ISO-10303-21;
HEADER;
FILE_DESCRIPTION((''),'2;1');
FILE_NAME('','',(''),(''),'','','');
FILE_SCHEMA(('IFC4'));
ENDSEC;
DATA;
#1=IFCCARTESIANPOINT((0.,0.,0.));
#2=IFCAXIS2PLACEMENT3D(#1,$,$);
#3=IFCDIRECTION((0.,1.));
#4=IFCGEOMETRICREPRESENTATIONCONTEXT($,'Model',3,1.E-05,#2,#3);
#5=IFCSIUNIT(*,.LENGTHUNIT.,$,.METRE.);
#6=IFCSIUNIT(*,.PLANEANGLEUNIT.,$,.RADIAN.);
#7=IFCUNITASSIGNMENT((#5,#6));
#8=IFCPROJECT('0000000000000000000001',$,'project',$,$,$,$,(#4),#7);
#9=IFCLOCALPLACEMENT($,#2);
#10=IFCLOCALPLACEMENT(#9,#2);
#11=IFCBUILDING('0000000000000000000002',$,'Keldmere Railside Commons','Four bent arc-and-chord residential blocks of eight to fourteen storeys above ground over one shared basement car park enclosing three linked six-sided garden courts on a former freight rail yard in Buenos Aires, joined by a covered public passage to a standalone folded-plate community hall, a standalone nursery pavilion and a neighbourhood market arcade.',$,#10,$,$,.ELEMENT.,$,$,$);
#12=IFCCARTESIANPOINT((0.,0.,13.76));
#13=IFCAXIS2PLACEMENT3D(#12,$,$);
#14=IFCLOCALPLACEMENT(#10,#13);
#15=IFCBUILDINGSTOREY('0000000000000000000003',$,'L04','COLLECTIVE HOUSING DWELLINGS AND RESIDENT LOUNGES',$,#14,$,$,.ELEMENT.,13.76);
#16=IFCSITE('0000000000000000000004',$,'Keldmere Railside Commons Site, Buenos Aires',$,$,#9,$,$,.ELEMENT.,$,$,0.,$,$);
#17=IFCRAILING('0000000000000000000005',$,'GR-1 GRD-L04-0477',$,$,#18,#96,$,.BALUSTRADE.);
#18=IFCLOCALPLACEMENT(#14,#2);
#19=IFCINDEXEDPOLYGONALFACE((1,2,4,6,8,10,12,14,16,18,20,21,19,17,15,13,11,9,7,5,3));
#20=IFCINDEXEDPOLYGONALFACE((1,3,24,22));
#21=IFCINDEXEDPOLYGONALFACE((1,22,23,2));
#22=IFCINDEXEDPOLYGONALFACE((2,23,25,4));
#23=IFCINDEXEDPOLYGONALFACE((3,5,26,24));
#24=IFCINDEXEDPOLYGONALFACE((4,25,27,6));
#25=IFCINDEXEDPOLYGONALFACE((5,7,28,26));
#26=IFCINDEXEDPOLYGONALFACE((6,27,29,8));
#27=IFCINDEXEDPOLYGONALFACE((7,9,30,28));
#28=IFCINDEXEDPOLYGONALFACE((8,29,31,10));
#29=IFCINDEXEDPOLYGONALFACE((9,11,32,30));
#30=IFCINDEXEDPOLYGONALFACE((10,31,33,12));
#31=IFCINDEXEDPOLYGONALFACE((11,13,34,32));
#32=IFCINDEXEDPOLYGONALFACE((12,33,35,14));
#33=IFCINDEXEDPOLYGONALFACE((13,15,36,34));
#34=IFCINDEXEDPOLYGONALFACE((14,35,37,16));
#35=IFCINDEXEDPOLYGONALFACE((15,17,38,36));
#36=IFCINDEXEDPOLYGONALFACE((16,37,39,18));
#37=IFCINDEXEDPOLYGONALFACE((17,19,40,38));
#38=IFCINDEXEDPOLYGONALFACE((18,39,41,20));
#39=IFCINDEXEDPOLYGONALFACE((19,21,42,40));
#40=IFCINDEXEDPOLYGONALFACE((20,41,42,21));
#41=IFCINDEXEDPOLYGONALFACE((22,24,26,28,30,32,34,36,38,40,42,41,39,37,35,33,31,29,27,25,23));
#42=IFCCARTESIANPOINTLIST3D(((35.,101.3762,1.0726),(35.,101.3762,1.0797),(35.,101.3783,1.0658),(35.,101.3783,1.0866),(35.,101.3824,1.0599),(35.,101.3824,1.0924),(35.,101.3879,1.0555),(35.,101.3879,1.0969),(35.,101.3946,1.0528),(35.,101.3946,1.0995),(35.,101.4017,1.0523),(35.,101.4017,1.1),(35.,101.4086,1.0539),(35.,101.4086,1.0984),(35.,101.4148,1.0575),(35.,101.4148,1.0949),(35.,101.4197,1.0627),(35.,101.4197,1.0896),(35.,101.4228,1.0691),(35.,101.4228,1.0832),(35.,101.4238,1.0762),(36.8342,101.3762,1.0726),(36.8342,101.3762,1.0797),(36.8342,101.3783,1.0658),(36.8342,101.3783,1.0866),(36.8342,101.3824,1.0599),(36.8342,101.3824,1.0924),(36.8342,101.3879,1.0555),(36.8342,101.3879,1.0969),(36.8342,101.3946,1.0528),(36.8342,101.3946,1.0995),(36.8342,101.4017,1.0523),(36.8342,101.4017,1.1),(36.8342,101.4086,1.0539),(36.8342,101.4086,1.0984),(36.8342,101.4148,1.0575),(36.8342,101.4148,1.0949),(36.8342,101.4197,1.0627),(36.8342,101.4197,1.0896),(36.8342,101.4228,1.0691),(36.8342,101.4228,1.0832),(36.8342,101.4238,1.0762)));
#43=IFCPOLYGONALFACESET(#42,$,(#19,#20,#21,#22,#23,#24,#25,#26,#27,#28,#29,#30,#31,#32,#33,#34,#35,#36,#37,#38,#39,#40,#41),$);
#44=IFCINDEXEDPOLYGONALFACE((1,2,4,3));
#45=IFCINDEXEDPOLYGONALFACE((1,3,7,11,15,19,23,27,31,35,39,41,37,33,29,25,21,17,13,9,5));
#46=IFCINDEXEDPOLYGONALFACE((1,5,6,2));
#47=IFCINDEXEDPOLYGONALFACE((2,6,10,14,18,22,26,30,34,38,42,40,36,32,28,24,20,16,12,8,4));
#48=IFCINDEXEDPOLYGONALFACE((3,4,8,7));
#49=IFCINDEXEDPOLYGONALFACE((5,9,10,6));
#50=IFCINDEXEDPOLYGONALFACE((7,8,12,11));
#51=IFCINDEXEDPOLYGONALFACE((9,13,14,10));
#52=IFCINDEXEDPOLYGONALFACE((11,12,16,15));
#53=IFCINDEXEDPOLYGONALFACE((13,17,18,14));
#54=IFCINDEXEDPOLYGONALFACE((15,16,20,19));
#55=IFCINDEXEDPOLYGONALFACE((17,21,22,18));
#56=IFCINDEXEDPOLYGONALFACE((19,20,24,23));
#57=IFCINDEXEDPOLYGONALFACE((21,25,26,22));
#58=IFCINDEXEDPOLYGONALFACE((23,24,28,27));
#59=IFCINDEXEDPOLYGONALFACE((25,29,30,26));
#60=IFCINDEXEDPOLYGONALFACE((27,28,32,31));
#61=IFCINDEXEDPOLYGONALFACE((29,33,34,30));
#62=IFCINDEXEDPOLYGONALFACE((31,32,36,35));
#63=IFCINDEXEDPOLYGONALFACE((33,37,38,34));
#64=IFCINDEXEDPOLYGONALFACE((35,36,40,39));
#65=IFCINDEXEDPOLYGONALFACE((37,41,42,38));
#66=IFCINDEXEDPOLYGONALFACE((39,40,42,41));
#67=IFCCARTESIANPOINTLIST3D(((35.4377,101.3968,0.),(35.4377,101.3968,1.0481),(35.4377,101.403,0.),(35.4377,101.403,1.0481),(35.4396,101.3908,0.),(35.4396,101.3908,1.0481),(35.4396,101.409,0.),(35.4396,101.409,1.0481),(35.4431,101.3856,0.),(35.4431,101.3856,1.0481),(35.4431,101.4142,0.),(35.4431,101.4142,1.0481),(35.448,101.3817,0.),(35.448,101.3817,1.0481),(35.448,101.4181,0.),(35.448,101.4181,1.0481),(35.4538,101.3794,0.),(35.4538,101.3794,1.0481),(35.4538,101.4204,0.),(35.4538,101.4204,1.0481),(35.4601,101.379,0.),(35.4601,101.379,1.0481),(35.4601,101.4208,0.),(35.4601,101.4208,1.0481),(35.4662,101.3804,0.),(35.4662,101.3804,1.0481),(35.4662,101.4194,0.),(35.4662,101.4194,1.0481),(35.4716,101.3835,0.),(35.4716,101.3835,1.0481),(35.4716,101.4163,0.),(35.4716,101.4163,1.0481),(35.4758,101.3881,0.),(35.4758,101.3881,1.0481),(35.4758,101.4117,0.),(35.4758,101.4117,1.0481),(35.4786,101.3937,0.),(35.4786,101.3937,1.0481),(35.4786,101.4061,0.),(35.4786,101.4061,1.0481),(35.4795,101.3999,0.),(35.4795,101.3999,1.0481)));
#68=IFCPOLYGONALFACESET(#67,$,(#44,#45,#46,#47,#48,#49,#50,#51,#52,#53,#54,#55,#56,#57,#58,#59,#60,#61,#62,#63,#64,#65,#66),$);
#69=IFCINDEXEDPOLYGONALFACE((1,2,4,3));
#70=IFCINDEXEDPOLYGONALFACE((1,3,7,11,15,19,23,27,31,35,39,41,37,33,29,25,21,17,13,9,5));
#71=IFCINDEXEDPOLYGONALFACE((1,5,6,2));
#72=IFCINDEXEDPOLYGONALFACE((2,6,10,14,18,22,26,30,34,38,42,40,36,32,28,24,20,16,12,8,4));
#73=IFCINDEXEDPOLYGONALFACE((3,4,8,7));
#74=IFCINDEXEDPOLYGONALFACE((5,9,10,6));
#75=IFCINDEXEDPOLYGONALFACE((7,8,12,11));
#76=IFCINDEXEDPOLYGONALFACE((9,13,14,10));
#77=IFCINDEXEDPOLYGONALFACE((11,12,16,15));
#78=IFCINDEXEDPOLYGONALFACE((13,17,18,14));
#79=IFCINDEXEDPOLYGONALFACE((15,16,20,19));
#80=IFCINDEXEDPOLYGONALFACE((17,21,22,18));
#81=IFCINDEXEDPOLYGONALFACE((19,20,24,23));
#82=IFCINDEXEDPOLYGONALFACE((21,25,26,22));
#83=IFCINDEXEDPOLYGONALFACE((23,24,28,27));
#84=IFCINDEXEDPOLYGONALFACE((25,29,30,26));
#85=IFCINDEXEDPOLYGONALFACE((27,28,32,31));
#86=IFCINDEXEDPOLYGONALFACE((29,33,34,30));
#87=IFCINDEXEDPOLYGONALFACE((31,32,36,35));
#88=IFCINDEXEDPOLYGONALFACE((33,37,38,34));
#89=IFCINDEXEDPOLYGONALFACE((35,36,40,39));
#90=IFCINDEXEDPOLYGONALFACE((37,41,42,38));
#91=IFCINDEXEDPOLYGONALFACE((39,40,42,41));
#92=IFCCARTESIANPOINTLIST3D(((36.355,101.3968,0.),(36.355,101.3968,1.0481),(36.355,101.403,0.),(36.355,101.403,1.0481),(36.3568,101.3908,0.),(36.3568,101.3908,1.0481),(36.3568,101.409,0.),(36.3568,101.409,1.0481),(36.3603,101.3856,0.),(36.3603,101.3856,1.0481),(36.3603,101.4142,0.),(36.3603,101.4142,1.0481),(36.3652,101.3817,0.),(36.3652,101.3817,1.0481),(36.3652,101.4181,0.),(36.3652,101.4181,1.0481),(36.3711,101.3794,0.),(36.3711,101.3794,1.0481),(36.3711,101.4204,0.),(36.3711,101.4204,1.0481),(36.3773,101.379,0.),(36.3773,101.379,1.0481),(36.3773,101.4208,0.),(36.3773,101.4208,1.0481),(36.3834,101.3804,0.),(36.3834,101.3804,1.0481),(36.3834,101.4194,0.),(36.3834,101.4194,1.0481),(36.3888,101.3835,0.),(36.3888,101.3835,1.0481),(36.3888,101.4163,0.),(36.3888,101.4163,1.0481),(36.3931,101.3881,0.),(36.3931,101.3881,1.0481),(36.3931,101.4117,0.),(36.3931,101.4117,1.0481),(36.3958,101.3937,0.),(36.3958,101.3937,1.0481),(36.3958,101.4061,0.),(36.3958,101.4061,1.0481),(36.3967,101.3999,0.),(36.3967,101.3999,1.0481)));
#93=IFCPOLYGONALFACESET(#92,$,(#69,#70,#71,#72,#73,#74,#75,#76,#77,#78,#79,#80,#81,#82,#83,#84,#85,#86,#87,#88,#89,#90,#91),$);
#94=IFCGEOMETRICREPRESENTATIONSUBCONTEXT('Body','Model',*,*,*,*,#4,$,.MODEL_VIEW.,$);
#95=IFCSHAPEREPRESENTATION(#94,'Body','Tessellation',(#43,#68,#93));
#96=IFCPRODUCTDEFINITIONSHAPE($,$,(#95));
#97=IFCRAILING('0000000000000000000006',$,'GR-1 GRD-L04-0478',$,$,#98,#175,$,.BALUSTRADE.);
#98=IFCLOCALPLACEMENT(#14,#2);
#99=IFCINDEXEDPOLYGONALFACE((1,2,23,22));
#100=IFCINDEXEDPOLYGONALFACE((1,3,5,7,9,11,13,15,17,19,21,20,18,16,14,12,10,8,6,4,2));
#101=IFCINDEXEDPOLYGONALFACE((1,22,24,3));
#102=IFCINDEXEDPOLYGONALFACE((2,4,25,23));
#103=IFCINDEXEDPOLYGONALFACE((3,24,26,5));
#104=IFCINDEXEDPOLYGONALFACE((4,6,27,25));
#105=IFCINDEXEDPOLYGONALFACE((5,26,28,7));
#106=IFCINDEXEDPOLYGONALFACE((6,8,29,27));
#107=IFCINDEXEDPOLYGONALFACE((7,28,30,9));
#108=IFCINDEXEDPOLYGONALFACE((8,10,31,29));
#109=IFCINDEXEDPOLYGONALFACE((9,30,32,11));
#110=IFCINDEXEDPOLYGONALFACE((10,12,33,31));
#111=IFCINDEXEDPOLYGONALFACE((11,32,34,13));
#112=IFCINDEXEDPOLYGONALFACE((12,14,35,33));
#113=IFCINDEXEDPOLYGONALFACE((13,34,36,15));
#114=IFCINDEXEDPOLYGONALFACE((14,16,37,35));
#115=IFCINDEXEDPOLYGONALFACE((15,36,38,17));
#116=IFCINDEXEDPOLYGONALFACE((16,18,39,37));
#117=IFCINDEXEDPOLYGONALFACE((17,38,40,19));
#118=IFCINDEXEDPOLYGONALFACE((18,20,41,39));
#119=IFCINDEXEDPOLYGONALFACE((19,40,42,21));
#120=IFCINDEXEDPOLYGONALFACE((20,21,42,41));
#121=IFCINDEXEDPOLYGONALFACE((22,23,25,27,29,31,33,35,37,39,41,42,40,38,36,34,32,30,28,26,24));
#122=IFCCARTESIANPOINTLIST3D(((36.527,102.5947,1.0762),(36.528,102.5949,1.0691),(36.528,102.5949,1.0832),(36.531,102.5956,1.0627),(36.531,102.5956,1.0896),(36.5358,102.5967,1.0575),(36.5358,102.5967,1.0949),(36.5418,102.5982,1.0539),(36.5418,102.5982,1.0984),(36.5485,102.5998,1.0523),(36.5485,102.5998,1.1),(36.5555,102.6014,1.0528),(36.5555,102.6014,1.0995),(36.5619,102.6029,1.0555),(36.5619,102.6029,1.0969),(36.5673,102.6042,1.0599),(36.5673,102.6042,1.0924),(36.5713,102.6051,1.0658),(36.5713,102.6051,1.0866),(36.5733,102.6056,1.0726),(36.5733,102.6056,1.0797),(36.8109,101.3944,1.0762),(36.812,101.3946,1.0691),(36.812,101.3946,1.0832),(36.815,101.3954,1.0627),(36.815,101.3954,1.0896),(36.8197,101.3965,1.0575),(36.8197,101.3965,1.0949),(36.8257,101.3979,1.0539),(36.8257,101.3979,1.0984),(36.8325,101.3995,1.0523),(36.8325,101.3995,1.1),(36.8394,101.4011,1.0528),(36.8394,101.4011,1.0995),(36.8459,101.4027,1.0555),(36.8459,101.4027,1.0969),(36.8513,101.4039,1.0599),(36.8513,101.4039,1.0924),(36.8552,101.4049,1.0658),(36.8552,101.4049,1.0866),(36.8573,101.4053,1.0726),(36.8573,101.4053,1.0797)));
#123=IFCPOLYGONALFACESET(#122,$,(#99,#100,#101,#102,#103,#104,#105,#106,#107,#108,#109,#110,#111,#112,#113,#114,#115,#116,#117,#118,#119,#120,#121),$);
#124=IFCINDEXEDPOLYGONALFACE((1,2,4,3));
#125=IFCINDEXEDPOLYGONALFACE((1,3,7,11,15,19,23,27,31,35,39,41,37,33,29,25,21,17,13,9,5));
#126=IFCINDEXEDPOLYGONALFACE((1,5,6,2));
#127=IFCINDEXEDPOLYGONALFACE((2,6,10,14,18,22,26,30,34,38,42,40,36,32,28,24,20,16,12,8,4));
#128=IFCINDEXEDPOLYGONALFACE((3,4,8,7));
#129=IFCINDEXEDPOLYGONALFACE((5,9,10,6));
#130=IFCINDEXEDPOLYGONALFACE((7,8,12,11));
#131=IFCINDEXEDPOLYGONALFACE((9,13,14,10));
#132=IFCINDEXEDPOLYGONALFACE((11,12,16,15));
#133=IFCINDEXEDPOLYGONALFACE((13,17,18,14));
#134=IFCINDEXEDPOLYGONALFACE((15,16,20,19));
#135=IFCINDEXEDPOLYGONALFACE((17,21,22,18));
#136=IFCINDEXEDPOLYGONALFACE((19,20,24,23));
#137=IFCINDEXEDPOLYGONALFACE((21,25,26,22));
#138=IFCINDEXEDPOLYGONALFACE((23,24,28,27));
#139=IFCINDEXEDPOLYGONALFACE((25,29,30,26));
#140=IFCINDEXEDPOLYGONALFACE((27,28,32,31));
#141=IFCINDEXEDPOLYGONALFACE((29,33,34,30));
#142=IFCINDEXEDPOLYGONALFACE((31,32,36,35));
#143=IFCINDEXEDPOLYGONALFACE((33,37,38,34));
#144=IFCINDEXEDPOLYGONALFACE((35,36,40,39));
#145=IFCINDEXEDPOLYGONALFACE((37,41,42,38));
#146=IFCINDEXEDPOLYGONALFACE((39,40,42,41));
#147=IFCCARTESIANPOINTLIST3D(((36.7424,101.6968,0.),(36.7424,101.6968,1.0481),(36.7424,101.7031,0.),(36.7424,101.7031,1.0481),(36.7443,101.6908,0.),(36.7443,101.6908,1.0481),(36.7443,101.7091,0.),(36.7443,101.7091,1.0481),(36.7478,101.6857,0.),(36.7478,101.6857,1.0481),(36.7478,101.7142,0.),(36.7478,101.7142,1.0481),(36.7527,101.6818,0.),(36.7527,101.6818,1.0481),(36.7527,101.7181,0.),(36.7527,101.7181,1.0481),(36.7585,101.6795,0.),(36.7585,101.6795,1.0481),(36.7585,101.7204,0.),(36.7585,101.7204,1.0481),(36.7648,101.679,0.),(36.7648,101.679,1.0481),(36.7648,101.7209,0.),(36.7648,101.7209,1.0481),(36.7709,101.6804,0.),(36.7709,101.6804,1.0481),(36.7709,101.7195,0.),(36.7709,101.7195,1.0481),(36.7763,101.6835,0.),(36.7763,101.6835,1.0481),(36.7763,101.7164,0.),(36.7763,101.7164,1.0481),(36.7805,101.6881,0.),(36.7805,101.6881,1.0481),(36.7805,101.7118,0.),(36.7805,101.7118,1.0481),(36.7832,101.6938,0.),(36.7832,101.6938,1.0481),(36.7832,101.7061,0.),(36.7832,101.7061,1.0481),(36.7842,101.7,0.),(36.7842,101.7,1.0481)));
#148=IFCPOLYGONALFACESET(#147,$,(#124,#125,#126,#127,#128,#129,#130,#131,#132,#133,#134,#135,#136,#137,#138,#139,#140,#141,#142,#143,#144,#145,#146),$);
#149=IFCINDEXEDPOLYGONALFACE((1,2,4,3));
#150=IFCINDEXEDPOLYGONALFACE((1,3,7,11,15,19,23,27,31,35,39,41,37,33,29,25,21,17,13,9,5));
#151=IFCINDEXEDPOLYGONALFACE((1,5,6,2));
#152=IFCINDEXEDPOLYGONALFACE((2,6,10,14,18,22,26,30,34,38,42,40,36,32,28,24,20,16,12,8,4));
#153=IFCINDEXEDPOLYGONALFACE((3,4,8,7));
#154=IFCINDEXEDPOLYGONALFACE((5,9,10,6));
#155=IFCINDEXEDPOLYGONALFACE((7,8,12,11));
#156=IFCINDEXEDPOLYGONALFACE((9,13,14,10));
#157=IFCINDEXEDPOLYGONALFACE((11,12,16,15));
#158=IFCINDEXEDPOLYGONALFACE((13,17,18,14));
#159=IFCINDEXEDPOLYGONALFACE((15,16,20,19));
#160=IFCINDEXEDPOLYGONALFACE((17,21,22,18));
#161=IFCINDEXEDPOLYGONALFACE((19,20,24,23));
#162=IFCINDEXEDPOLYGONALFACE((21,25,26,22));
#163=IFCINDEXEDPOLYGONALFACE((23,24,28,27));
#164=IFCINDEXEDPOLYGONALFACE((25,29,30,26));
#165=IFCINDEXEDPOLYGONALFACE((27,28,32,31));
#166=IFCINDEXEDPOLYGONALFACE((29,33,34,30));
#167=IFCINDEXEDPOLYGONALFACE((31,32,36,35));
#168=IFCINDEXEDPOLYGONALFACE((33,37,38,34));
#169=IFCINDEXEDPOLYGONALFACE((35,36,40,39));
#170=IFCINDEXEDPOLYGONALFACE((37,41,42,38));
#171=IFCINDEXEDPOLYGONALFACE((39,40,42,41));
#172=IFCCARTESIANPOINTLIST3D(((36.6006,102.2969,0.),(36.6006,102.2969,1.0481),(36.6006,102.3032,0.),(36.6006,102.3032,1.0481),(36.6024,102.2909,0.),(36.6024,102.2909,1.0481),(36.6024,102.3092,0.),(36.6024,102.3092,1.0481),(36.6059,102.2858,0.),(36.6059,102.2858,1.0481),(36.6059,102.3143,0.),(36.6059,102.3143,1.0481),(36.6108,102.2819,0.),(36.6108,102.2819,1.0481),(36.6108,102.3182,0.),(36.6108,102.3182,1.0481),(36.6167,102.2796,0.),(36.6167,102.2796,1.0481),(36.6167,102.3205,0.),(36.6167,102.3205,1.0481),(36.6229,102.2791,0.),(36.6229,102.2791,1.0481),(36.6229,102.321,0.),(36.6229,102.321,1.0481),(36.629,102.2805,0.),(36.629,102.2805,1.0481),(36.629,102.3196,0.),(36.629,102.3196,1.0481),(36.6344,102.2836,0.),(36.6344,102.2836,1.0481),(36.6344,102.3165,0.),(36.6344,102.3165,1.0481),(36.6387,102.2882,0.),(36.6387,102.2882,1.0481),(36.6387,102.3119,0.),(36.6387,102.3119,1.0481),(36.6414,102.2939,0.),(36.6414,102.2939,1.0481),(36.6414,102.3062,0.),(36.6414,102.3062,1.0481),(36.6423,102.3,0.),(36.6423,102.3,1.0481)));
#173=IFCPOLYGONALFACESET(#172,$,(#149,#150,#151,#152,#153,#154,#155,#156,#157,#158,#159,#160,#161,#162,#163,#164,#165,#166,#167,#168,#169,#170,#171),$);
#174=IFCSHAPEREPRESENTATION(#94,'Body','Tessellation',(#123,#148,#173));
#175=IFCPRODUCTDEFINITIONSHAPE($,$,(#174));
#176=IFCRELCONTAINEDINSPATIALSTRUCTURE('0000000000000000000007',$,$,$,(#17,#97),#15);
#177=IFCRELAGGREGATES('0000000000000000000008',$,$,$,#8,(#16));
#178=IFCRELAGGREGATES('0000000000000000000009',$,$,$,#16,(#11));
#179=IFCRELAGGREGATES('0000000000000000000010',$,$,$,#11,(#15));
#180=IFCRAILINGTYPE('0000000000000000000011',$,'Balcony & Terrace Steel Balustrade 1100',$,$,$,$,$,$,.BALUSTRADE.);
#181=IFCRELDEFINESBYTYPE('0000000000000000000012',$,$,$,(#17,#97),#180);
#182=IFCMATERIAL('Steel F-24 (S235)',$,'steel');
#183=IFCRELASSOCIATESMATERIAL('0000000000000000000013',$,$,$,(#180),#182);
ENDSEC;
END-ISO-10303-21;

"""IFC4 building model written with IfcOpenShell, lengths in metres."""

from ifc_helpers import new_model, si_unit, direction, frame, origin, origin_2d, place, context, subcontext, project, spatial, circle, extrude, material, type_object, element, save


model = new_model("IFC4")

# Units and contexts
model_context = context("Model", 3, precision=1e-05, world=origin(), true_north=direction((0.0, 1.0)))
body_context = subcontext(model_context, "Body", "Model", "MODEL_VIEW")
ifc_project = project(units=[si_unit("LENGTHUNIT", "METRE"), si_unit("PLANEANGLEUNIT", "RADIAN")], contexts=[model_context])

# Site, building, storey
site_placement = place(None, origin())
site = spatial("IfcSite", under=ifc_project, at=site_placement, Name="Keldmere Railside Commons Site, Buenos Aires", CompositionType="ELEMENT", RefElevation=0.0)
building_placement = place(site_placement, origin())
building = spatial("IfcBuilding", under=site, at=building_placement, Name="Keldmere Railside Commons", Description="Four bent arc-and-chord residential blocks of eight to fourteen storeys above ground over one shared basement car park enclosing three linked six-sided garden courts on a former freight rail yard in Buenos Aires, joined by a covered public passage to a standalone folded-plate community hall, a standalone nursery pavilion and a neighbourhood market arcade.", CompositionType="ELEMENT")
storey_placement = place(building_placement, frame((0.0, 0.0, 13.76)))
storey = spatial("IfcBuildingStorey", under=building, at=storey_placement, Name="L04", Description="COLLECTIVE HOUSING DWELLINGS AND RESIDENT LOUNGES", CompositionType="ELEMENT", Elevation=13.76)

# Railings
ifc_material_1 = material(Name="Steel F-24 (S235)", Category="steel")
railing_type_1 = type_object("IfcRailingType", Name="Balcony & Terrace Steel Balustrade 1100", PredefinedType="BALUSTRADE", material=ifc_material_1)
railing_1_placement = place(storey_placement, frame((35.0, 101.3999, 0.0)))
element("IfcRailing", 1, at=railing_1_placement, inside=storey, type_object=railing_type_1, Name="GR-1 GRD-L04-0477", PredefinedType="BALUSTRADE", context=body_context, shape_type="SweptSolid", body=[
    extrude(circle(Radius=0.0239, at=origin_2d()), frame((0.0, 0.0, 1.0762), z_axis=(1.0, 0.0, 0.0), x_axis=(0.0, 1.0, 0.0)), (0.0, 0.0, 1.0), 1.8342),
    extrude(circle(Radius=0.021, at=origin_2d()), frame((0.4585, 0.0, 0.0)), (0.0, 0.0, 1.0), 1.0481),
    extrude(circle(Radius=0.021, at=origin_2d()), frame((1.3757, 0.0, 0.0)), (0.0, 0.0, 1.0), 1.0481),
])
railing_2_placement = place(storey_placement, frame((36.8342, 101.3999, 0.0)))
element("IfcRailing", 2, at=railing_2_placement, inside=storey, type_object=railing_type_1, Name="GR-1 GRD-L04-0478", PredefinedType="BALUSTRADE", context=body_context, shape_type="SweptSolid", body=[
    extrude(circle(Radius=0.0239, at=origin_2d()), frame((0.0, 0.0, 1.0762), z_axis=(-0.23022, 0.973139, 0.0), x_axis=(-0.973139, -0.23022, 0.0)), (0.0, 0.0, 1.0), 1.2334),
    extrude(circle(Radius=0.021, at=origin_2d()), frame((-0.071, 0.3, 0.0)), (0.0, 0.0, 1.0), 1.0481),
    extrude(circle(Radius=0.021, at=origin_2d()), frame((-0.2129, 0.9001, 0.0)), (0.0, 0.0, 1.0), 1.0481),
])

save(model, "model.ifc")
